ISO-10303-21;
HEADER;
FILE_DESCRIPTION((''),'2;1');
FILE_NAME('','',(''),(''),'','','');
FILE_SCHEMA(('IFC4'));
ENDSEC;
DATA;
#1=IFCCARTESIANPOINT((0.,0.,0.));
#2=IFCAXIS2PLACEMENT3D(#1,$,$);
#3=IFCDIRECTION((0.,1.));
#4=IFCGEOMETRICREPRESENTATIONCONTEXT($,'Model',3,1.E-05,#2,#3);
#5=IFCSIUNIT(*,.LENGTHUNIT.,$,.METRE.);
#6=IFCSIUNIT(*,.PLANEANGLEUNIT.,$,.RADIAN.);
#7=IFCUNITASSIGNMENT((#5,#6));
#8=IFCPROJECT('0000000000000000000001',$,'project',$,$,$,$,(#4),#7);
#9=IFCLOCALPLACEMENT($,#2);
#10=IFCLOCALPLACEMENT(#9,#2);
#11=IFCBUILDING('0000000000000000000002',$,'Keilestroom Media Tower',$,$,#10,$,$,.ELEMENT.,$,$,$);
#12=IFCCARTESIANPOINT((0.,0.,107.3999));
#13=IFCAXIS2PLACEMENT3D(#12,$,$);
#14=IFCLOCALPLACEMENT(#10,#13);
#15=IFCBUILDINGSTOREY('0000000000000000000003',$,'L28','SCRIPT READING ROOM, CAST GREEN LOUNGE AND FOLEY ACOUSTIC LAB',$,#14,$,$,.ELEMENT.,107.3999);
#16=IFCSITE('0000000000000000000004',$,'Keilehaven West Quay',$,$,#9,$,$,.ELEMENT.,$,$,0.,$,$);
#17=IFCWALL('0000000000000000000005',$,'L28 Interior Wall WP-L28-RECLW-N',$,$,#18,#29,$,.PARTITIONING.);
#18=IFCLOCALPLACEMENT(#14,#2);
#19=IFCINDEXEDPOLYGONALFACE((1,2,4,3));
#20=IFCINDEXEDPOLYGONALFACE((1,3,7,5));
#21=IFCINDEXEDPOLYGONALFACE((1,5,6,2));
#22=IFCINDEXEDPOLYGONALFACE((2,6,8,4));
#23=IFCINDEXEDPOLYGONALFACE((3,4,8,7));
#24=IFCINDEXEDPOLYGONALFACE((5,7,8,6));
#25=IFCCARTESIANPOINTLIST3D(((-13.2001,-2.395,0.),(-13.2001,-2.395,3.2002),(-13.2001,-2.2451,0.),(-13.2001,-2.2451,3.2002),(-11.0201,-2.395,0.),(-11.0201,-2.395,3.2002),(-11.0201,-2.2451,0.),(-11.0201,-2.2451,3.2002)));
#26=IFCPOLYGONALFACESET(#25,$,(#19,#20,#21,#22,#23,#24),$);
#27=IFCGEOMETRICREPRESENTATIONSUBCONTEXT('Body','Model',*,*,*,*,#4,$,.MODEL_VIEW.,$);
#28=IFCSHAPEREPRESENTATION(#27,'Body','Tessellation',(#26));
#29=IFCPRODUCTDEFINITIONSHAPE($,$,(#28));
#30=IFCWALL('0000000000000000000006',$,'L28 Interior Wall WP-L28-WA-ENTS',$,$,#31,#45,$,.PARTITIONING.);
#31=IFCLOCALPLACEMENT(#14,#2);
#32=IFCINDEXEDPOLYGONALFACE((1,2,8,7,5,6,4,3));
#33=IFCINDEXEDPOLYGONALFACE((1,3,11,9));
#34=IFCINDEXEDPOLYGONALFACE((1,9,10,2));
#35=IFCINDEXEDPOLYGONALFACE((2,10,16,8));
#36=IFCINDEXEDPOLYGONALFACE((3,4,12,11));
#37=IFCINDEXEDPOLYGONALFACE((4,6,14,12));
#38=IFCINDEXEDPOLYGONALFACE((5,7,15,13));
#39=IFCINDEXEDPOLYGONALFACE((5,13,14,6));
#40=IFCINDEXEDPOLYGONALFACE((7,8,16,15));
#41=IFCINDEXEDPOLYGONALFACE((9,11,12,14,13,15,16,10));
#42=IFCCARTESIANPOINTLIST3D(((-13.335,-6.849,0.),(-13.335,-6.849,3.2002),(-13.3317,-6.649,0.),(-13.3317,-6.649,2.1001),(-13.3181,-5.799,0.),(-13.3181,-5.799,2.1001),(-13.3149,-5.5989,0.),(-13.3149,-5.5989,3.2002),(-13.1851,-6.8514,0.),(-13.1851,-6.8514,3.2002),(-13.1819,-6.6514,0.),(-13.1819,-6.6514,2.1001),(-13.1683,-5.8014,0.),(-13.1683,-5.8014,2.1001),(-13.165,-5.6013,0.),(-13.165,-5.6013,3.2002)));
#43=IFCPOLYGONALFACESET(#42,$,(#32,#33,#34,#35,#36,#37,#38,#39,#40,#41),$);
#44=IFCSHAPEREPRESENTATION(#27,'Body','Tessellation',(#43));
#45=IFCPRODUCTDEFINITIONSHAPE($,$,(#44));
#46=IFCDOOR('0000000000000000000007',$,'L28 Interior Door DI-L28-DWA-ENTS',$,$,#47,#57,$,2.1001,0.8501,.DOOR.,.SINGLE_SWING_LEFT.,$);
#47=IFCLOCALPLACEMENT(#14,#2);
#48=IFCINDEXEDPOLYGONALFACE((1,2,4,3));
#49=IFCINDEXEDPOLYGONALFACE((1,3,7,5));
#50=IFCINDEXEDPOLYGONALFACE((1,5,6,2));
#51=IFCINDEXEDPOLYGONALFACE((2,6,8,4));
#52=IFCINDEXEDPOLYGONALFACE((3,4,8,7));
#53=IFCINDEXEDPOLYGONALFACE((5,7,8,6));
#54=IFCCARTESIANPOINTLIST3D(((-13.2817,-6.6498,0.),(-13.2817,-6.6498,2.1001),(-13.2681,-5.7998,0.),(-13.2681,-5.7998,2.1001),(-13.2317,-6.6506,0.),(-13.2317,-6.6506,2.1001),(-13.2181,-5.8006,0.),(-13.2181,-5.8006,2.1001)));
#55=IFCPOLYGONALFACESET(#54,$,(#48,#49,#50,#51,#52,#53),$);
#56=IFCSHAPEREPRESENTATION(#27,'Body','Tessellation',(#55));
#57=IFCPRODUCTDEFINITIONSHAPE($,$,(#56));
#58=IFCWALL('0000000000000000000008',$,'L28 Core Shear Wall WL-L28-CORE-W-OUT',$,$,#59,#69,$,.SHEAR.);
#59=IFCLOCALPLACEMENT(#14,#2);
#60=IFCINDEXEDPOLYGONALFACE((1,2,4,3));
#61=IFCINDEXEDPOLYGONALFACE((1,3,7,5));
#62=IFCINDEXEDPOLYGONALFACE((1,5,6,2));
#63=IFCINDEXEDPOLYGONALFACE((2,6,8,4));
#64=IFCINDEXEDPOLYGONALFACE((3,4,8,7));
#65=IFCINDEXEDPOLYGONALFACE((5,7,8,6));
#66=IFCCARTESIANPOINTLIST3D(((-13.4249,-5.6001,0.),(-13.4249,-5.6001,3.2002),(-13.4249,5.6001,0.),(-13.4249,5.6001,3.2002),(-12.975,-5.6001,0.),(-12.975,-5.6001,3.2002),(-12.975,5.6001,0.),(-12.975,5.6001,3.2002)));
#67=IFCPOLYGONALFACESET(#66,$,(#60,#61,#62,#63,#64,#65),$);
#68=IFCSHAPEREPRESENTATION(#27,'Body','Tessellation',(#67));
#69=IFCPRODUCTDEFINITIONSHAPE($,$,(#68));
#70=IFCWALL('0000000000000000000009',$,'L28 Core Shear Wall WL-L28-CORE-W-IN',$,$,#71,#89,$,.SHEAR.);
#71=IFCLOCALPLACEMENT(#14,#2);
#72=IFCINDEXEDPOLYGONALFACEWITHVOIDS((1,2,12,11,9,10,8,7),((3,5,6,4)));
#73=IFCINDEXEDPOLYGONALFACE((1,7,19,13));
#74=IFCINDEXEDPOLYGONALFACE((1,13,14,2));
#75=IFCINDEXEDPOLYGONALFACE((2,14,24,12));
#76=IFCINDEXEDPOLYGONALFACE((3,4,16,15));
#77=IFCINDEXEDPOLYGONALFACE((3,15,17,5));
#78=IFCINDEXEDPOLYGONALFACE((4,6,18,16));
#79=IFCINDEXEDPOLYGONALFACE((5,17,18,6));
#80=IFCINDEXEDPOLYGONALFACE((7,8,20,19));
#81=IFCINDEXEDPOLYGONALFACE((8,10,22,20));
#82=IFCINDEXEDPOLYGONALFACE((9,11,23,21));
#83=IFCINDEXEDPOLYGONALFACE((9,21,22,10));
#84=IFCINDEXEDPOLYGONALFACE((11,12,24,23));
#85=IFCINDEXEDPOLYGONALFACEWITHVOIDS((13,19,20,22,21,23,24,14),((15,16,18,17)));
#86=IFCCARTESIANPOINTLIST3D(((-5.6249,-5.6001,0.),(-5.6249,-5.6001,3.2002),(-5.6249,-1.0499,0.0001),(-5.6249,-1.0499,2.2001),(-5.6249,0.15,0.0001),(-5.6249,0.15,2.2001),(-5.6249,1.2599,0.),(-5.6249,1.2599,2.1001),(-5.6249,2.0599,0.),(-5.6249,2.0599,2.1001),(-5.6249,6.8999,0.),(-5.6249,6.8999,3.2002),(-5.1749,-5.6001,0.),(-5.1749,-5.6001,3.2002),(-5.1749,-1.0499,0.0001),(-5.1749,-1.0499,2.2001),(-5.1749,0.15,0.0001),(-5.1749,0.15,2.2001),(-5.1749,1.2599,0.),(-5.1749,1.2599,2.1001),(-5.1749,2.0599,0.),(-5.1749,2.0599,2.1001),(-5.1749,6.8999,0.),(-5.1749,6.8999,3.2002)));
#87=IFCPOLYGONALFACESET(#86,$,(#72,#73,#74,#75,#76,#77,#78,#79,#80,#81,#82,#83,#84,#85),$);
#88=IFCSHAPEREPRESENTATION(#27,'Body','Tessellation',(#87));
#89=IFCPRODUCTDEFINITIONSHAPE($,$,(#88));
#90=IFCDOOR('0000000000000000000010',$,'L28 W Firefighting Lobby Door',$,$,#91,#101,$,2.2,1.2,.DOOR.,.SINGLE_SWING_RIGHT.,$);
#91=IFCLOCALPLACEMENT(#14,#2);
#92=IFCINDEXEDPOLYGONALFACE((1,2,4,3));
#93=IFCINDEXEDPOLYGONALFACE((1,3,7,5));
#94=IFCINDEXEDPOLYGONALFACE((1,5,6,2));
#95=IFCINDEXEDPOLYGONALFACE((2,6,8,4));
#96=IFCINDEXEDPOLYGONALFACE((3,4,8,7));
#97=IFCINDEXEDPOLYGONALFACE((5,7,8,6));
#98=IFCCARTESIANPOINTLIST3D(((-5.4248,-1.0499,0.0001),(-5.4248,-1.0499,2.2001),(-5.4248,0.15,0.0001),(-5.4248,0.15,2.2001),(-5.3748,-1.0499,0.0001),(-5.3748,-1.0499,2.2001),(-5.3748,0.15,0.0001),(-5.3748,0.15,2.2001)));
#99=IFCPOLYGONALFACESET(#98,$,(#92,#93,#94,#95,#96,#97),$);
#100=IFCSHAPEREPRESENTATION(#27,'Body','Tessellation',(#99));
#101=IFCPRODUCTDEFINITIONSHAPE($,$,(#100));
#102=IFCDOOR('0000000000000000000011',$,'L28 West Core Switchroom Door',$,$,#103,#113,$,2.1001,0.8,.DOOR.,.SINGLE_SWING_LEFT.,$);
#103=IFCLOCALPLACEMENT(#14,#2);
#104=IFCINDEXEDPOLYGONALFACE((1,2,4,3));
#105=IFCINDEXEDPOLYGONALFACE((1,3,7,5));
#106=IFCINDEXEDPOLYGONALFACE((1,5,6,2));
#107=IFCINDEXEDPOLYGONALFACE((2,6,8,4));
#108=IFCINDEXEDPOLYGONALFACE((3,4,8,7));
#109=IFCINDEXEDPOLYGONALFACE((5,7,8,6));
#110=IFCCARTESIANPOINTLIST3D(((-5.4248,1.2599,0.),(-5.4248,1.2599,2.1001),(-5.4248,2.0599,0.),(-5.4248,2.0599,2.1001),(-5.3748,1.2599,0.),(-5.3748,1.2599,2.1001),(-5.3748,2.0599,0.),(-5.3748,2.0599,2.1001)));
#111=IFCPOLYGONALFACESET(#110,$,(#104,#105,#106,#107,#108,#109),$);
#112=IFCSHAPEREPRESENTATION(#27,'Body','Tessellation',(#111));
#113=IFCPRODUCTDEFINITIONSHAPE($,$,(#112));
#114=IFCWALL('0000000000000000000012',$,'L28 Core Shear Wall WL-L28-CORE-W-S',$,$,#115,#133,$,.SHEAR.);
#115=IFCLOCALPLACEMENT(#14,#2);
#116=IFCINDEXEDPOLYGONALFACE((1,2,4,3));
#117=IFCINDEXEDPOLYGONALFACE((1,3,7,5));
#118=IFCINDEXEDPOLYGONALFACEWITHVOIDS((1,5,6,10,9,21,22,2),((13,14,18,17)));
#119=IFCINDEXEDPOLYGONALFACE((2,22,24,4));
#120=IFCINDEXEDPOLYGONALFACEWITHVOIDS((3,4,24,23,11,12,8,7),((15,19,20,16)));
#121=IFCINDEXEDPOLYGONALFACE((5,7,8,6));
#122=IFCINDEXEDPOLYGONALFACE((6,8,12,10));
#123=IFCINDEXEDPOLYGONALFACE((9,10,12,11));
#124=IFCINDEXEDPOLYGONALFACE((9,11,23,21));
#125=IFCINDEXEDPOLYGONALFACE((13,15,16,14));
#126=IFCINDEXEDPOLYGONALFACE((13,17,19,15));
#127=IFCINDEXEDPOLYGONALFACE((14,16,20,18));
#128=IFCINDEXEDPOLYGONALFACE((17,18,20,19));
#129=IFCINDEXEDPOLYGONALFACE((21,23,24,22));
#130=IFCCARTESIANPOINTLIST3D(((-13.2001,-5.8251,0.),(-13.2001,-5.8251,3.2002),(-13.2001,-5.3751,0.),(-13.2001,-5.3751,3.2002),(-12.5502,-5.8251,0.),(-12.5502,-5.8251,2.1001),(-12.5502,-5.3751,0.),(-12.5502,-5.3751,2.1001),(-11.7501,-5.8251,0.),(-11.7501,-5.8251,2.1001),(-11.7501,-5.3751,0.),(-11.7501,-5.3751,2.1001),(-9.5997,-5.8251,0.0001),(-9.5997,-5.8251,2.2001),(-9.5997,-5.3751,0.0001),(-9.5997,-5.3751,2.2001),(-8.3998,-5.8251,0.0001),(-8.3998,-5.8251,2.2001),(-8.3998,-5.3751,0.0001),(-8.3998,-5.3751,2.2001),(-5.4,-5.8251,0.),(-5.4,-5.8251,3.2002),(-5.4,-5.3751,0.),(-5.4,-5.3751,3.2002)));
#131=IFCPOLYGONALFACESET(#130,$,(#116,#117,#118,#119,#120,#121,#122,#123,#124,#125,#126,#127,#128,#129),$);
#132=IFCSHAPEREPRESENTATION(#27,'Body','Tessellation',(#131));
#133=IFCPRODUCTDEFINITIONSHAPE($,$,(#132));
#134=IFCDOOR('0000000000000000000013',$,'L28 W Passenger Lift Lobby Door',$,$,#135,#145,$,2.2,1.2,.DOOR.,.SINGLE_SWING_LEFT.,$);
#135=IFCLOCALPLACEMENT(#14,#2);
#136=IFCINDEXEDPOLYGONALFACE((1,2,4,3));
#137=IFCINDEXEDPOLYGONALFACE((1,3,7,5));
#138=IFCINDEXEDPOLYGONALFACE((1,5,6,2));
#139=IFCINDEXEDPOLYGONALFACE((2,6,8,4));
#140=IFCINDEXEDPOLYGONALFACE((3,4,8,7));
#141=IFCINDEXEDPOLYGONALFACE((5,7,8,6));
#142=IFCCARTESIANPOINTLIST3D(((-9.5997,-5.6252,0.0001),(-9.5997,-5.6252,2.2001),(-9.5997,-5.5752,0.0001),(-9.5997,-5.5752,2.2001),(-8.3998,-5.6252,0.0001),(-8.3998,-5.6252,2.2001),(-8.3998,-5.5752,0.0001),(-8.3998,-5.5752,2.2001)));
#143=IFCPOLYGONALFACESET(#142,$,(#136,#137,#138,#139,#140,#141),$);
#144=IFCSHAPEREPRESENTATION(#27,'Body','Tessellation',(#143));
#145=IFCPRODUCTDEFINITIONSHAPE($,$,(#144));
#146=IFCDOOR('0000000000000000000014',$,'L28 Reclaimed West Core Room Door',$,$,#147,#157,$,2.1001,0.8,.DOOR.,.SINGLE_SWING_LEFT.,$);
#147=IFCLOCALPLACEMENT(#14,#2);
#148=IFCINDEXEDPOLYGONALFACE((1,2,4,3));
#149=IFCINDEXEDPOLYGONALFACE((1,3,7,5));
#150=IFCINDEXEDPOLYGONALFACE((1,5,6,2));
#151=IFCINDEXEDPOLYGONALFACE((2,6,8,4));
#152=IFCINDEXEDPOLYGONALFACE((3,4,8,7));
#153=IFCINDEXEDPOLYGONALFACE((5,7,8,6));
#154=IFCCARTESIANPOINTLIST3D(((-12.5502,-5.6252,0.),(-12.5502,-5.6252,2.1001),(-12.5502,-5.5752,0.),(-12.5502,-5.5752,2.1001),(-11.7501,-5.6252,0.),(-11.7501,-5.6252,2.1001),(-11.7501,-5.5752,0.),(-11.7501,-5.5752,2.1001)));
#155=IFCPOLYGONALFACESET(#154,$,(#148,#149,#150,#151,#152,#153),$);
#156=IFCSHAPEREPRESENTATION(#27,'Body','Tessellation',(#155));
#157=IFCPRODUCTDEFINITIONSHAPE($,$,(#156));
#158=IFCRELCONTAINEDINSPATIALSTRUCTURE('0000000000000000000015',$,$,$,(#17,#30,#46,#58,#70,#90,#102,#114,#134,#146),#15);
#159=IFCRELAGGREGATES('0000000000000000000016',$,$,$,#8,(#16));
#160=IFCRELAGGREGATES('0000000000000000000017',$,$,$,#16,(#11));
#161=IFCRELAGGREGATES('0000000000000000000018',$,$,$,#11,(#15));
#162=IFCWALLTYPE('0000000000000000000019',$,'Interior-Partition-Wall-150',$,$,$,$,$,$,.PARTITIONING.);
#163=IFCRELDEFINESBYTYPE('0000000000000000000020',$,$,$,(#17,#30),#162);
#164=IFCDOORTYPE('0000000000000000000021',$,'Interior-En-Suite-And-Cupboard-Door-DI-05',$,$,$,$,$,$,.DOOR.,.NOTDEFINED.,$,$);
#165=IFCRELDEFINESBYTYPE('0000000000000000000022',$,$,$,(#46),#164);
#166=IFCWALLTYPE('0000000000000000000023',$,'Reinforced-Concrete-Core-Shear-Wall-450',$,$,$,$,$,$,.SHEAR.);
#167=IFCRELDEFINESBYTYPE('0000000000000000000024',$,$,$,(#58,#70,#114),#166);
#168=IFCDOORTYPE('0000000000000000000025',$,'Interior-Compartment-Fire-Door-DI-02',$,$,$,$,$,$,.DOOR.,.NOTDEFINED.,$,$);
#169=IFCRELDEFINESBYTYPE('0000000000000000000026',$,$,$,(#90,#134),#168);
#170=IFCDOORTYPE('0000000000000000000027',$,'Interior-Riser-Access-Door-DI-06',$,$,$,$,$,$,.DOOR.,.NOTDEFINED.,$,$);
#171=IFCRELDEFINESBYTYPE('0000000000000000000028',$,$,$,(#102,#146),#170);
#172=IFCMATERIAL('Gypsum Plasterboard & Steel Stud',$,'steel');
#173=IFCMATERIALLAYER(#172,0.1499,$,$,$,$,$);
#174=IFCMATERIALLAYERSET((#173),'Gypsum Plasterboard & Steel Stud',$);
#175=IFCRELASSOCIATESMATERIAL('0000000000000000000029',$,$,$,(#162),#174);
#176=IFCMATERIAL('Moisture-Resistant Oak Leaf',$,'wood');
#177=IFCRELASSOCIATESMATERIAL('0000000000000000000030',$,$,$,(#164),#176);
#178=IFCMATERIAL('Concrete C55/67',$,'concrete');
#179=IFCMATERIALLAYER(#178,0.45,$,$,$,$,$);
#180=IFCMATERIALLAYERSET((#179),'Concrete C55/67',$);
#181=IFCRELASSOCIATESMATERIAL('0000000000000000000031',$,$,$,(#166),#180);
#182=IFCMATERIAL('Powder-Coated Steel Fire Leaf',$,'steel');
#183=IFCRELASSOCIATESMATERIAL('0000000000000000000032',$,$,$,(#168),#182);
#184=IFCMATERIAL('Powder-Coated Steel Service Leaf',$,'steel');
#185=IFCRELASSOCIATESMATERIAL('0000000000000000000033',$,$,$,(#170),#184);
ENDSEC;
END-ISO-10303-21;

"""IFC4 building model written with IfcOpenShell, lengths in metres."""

from ifc_helpers import new_model, si_unit, direction, frame, frame_2d, origin, place, context, subcontext, project, spatial, rectangle, extrude, source, transform, mapped, material, layer, layer_set, type_object, element, fill, save


model = new_model("IFC4")

# Units and contexts
model_context = context("Model", 3, precision=1e-05, world=origin(), true_north=direction((0.0, 1.0)))
body_context = subcontext(model_context, "Body", "Model", "MODEL_VIEW")
ifc_project = project(units=[si_unit("LENGTHUNIT", "METRE"), si_unit("PLANEANGLEUNIT", "RADIAN")], contexts=[model_context])

# Site, building, storey
site_placement = place(None, origin())
site = spatial("IfcSite", under=ifc_project, at=site_placement, Name="Keilehaven West Quay", CompositionType="ELEMENT", RefElevation=0.0)
building_placement = place(site_placement, origin())
building = spatial("IfcBuilding", under=site, at=building_placement, Name="Keilestroom Media Tower", CompositionType="ELEMENT")
storey_placement = place(building_placement, frame((0.0, 0.0, 107.3999)))
storey = spatial("IfcBuildingStorey", under=building, at=storey_placement, Name="L28", Description="SCRIPT READING ROOM, CAST GREEN LOUNGE AND FOLEY ACOUSTIC LAB", CompositionType="ELEMENT", Elevation=107.3999)

# Wall
ifc_material_1 = material(Name="Gypsum Plasterboard & Steel Stud", Category="steel")
ifc_layer_1 = layer(ifc_material_1, 0.1499)
ifc_layer_set_1 = layer_set([ifc_layer_1], Name="Gypsum Plasterboard & Steel Stud")
wall_type_1 = type_object("IfcWallType", Name="Interior-Partition-Wall-150", PredefinedType="PARTITIONING", material=ifc_layer_set_1)
wall_1_placement = place(storey_placement, frame((-13.2, -2.3201, 0.0), z_axis=(0.0, 0.0, 1.0), x_axis=(1.0, 0.0, 0.0)))
element("IfcWall", 1, at=wall_1_placement, inside=storey, type_object=wall_type_1, Name="L28 Interior Wall WP-L28-RECLW-N", PredefinedType="PARTITIONING", context=body_context, shape_type="SweptSolid", body=[
    extrude(rectangle(XDim=2.1799, YDim=0.1499, at=frame_2d((1.0898, 0.0))), origin(), (0.0, 0.0, 1.0), 3.2002),
])

# Wall, opening, door
wall_2_placement = place(storey_placement, frame((-13.26, -6.8501, 0.0), z_axis=(0.0, 0.0, 1.0), x_axis=(0.016014, 0.999872, 0.0)))
wall_2 = element("IfcWall", 2, at=wall_2_placement, inside=storey, type_object=wall_type_1, Name="L28 Interior Wall WP-L28-WA-ENTS", PredefinedType="PARTITIONING", context=body_context, shape_type="SweptSolid", body=[
    extrude(rectangle(XDim=1.2502, YDim=0.1499, at=frame_2d((0.625, 0.0))), origin(), (0.0, 0.0, 1.0), 3.2002),
])
opening_1_placement = place(wall_2_placement, frame((0.2, 0.0, 0.0)))
opening_1 = element("IfcOpeningElement", 3, at=opening_1_placement, cuts=wall_2, PredefinedType="OPENING", context=body_context, shape_type="SweptSolid", body=[
    extrude(rectangle(XDim=0.8501, YDim=2.1001, at=frame_2d((0.425, 1.05))), frame((0.0, 0.085, 0.0), z_axis=(0.0, -1.0, 0.0), x_axis=(1.0, 0.0, 0.0)), (0.0, 0.0, 1.0), 0.1699),
])
ifc_material_2 = material(Name="Moisture-Resistant Oak Leaf", Category="wood")
door_type_1 = type_object("IfcDoorType", Name="Interior-En-Suite-And-Cupboard-Door-DI-05", OperationType="NOTDEFINED", PredefinedType="DOOR", material=ifc_material_2)
shared_shape_1 = source(origin(), body_context, "Body", "SweptSolid", [
    extrude(rectangle(XDim=0.8501, YDim=2.1001, at=frame_2d((0.425, 1.05))), frame((0.0, 0.0249, 0.0), z_axis=(0.0, -1.0, 0.0), x_axis=(1.0, 0.0, 0.0)), (0.0, 0.0, 1.0), 0.05),
])
door_1_placement = place(opening_1_placement, origin())
door_1 = element("IfcDoor", 4, at=door_1_placement, inside=storey, type_object=door_type_1, Name="L28 Interior Door DI-L28-DWA-ENTS", OperationType="SINGLE_SWING_LEFT", OverallHeight=2.1001, OverallWidth=0.8501, PredefinedType="DOOR", context=body_context, shape_type="MappedRepresentation", body=[
    mapped(shared_shape_1, transform((0.0, 0.0, 0.0), x_axis=(1.0, 0.0, 0.0), y_axis=(0.0, 1.0, 0.0), z_axis=(0.0, 0.0, 1.0), scale=1.0)),
])
fill(opening_1, door_1)

# Wall
ifc_material_3 = material(Name="Concrete C55/67", Category="concrete")
ifc_layer_2 = layer(ifc_material_3, 0.45)
ifc_layer_set_2 = layer_set([ifc_layer_2], Name="Concrete C55/67")
wall_type_2 = type_object("IfcWallType", Name="Reinforced-Concrete-Core-Shear-Wall-450", PredefinedType="SHEAR", material=ifc_layer_set_2)
wall_3_placement = place(storey_placement, frame((-13.2, -5.6001, 0.0), z_axis=(0.0, 0.0, 1.0), x_axis=(0.0, 1.0, 0.0)))
element("IfcWall", 5, at=wall_3_placement, inside=storey, type_object=wall_type_2, Name="L28 Core Shear Wall WL-L28-CORE-W-OUT", PredefinedType="SHEAR", context=body_context, shape_type="SweptSolid", body=[
    extrude(rectangle(XDim=11.2002, YDim=0.45, at=frame_2d((5.6001, 0.0))), origin(), (0.0, 0.0, 1.0), 3.2002),
])

# Walls, openings, doors
wall_4_placement = place(storey_placement, frame((-5.3999, -5.6001, 0.0), z_axis=(0.0, 0.0, 1.0), x_axis=(0.0, 1.0, 0.0)))
wall_4 = element("IfcWall", 6, at=wall_4_placement, inside=storey, type_object=wall_type_2, Name="L28 Core Shear Wall WL-L28-CORE-W-IN", PredefinedType="SHEAR", context=body_context, shape_type="SweptSolid", body=[
    extrude(rectangle(XDim=12.5, YDim=0.45, at=frame_2d((6.25, 0.0))), origin(), (0.0, 0.0, 1.0), 3.2002),
])
opening_2_placement = place(wall_4_placement, frame((4.55, 0.0, 0.0)))
opening_2 = element("IfcOpeningElement", 7, at=opening_2_placement, cuts=wall_4, PredefinedType="OPENING", context=body_context, shape_type="SweptSolid", body=[
    extrude(rectangle(XDim=1.2, YDim=2.2, at=frame_2d((0.6001, 1.1001))), frame((0.0, 0.2349, 0.0), z_axis=(0.0, -1.0, 0.0), x_axis=(1.0, 0.0, 0.0)), (0.0, 0.0, 1.0), 0.47),
])
opening_3_placement = place(wall_4_placement, frame((6.8601, 0.0, 0.0)))
opening_3 = element("IfcOpeningElement", 8, at=opening_3_placement, cuts=wall_4, PredefinedType="OPENING", context=body_context, shape_type="SweptSolid", body=[
    extrude(rectangle(XDim=0.8, YDim=2.1001, at=frame_2d((0.3999, 1.05))), frame((0.0, 0.2349, 0.0), z_axis=(0.0, -1.0, 0.0), x_axis=(1.0, 0.0, 0.0)), (0.0, 0.0, 1.0), 0.47),
])
ifc_material_4 = material(Name="Powder-Coated Steel Fire Leaf", Category="steel")
door_type_2 = type_object("IfcDoorType", Name="Interior-Compartment-Fire-Door-DI-02", OperationType="NOTDEFINED", PredefinedType="DOOR", material=ifc_material_4)
shared_shape_2 = source(origin(), body_context, "Body", "SweptSolid", [
    extrude(rectangle(XDim=1.2, YDim=2.2, at=frame_2d((0.6001, 1.1001))), frame((0.0, 0.0249, 0.0), z_axis=(0.0, -1.0, 0.0), x_axis=(1.0, 0.0, 0.0)), (0.0, 0.0, 1.0), 0.05),
])
door_2_placement = place(opening_2_placement, origin())
door_2 = element("IfcDoor", 9, at=door_2_placement, inside=storey, type_object=door_type_2, Name="L28 W Firefighting Lobby Door", OperationType="SINGLE_SWING_RIGHT", OverallHeight=2.2, OverallWidth=1.2, PredefinedType="DOOR", context=body_context, shape_type="MappedRepresentation", body=[
    mapped(shared_shape_2, transform((0.0, 0.0, 0.0), x_axis=(1.0, 0.0, 0.0), y_axis=(0.0, 1.0, 0.0), z_axis=(0.0, 0.0, 1.0), scale=1.0)),
])
fill(opening_2, door_2)
ifc_material_5 = material(Name="Powder-Coated Steel Service Leaf", Category="steel")
door_type_3 = type_object("IfcDoorType", Name="Interior-Riser-Access-Door-DI-06", OperationType="NOTDEFINED", PredefinedType="DOOR", material=ifc_material_5)
shared_shape_3 = source(origin(), body_context, "Body", "SweptSolid", [
    extrude(rectangle(XDim=0.8, YDim=2.1001, at=frame_2d((0.3999, 1.05))), frame((0.0, 0.0249, 0.0), z_axis=(0.0, -1.0, 0.0), x_axis=(1.0, 0.0, 0.0)), (0.0, 0.0, 1.0), 0.05),
])
door_3_placement = place(opening_3_placement, origin())
door_3 = element("IfcDoor", 10, at=door_3_placement, inside=storey, type_object=door_type_3, Name="L28 West Core Switchroom Door", OperationType="SINGLE_SWING_LEFT", OverallHeight=2.1001, OverallWidth=0.8, PredefinedType="DOOR", context=body_context, shape_type="MappedRepresentation", body=[
    mapped(shared_shape_3, transform((0.0, 0.0, 0.0), x_axis=(1.0, 0.0, 0.0), y_axis=(0.0, 1.0, 0.0), z_axis=(0.0, 0.0, 1.0), scale=1.0)),
])
fill(opening_3, door_3)
wall_5_placement = place(storey_placement, frame((-13.2, -5.6001, 0.0), z_axis=(0.0, 0.0, 1.0), x_axis=(1.0, 0.0, 0.0)))
wall_5 = element("IfcWall", 11, at=wall_5_placement, inside=storey, type_object=wall_type_2, Name="L28 Core Shear Wall WL-L28-CORE-W-S", PredefinedType="SHEAR", context=body_context, shape_type="SweptSolid", body=[
    extrude(rectangle(XDim=7.8, YDim=0.45, at=frame_2d((3.8999, 0.0))), origin(), (0.0, 0.0, 1.0), 3.2002),
])
opening_4_placement = place(wall_5_placement, frame((3.6001, 0.0, 0.0)))
opening_4 = element("IfcOpeningElement", 12, at=opening_4_placement, cuts=wall_5, PredefinedType="OPENING", context=body_context, shape_type="SweptSolid", body=[
    extrude(rectangle(XDim=1.2, YDim=2.2, at=frame_2d((0.6001, 1.1001))), frame((0.0, 0.2349, 0.0), z_axis=(0.0, -1.0, 0.0), x_axis=(1.0, 0.0, 0.0)), (0.0, 0.0, 1.0), 0.47),
])
opening_5_placement = place(wall_5_placement, frame((0.6499, 0.0, 0.0)))
opening_5 = element("IfcOpeningElement", 13, at=opening_5_placement, cuts=wall_5, PredefinedType="OPENING", context=body_context, shape_type="SweptSolid", body=[
    extrude(rectangle(XDim=0.8, YDim=2.1001, at=frame_2d((0.3999, 1.05))), frame((0.0, 0.2349, 0.0), z_axis=(0.0, -1.0, 0.0), x_axis=(1.0, 0.0, 0.0)), (0.0, 0.0, 1.0), 0.47),
])
door_4_placement = place(opening_4_placement, origin())
door_4 = element("IfcDoor", 14, at=door_4_placement, inside=storey, type_object=door_type_2, Name="L28 W Passenger Lift Lobby Door", OperationType="SINGLE_SWING_LEFT", OverallHeight=2.2, OverallWidth=1.2, PredefinedType="DOOR", context=body_context, shape_type="MappedRepresentation", body=[
    mapped(shared_shape_2, transform((0.0, 0.0, 0.0), x_axis=(1.0, 0.0, 0.0), y_axis=(0.0, 1.0, 0.0), z_axis=(0.0, 0.0, 1.0), scale=1.0)),
])
fill(opening_4, door_4)
door_5_placement = place(opening_5_placement, origin())
door_5 = element("IfcDoor", 15, at=door_5_placement, inside=storey, type_object=door_type_3, Name="L28 Reclaimed West Core Room Door", OperationType="SINGLE_SWING_LEFT", OverallHeight=2.1001, OverallWidth=0.8, PredefinedType="DOOR", context=body_context, shape_type="MappedRepresentation", body=[
    mapped(shared_shape_3, transform((0.0, 0.0, 0.0), x_axis=(1.0, 0.0, 0.0), y_axis=(0.0, 1.0, 0.0), z_axis=(0.0, 0.0, 1.0), scale=1.0)),
])
fill(opening_5, door_5)

save(model, "model.ifc")
